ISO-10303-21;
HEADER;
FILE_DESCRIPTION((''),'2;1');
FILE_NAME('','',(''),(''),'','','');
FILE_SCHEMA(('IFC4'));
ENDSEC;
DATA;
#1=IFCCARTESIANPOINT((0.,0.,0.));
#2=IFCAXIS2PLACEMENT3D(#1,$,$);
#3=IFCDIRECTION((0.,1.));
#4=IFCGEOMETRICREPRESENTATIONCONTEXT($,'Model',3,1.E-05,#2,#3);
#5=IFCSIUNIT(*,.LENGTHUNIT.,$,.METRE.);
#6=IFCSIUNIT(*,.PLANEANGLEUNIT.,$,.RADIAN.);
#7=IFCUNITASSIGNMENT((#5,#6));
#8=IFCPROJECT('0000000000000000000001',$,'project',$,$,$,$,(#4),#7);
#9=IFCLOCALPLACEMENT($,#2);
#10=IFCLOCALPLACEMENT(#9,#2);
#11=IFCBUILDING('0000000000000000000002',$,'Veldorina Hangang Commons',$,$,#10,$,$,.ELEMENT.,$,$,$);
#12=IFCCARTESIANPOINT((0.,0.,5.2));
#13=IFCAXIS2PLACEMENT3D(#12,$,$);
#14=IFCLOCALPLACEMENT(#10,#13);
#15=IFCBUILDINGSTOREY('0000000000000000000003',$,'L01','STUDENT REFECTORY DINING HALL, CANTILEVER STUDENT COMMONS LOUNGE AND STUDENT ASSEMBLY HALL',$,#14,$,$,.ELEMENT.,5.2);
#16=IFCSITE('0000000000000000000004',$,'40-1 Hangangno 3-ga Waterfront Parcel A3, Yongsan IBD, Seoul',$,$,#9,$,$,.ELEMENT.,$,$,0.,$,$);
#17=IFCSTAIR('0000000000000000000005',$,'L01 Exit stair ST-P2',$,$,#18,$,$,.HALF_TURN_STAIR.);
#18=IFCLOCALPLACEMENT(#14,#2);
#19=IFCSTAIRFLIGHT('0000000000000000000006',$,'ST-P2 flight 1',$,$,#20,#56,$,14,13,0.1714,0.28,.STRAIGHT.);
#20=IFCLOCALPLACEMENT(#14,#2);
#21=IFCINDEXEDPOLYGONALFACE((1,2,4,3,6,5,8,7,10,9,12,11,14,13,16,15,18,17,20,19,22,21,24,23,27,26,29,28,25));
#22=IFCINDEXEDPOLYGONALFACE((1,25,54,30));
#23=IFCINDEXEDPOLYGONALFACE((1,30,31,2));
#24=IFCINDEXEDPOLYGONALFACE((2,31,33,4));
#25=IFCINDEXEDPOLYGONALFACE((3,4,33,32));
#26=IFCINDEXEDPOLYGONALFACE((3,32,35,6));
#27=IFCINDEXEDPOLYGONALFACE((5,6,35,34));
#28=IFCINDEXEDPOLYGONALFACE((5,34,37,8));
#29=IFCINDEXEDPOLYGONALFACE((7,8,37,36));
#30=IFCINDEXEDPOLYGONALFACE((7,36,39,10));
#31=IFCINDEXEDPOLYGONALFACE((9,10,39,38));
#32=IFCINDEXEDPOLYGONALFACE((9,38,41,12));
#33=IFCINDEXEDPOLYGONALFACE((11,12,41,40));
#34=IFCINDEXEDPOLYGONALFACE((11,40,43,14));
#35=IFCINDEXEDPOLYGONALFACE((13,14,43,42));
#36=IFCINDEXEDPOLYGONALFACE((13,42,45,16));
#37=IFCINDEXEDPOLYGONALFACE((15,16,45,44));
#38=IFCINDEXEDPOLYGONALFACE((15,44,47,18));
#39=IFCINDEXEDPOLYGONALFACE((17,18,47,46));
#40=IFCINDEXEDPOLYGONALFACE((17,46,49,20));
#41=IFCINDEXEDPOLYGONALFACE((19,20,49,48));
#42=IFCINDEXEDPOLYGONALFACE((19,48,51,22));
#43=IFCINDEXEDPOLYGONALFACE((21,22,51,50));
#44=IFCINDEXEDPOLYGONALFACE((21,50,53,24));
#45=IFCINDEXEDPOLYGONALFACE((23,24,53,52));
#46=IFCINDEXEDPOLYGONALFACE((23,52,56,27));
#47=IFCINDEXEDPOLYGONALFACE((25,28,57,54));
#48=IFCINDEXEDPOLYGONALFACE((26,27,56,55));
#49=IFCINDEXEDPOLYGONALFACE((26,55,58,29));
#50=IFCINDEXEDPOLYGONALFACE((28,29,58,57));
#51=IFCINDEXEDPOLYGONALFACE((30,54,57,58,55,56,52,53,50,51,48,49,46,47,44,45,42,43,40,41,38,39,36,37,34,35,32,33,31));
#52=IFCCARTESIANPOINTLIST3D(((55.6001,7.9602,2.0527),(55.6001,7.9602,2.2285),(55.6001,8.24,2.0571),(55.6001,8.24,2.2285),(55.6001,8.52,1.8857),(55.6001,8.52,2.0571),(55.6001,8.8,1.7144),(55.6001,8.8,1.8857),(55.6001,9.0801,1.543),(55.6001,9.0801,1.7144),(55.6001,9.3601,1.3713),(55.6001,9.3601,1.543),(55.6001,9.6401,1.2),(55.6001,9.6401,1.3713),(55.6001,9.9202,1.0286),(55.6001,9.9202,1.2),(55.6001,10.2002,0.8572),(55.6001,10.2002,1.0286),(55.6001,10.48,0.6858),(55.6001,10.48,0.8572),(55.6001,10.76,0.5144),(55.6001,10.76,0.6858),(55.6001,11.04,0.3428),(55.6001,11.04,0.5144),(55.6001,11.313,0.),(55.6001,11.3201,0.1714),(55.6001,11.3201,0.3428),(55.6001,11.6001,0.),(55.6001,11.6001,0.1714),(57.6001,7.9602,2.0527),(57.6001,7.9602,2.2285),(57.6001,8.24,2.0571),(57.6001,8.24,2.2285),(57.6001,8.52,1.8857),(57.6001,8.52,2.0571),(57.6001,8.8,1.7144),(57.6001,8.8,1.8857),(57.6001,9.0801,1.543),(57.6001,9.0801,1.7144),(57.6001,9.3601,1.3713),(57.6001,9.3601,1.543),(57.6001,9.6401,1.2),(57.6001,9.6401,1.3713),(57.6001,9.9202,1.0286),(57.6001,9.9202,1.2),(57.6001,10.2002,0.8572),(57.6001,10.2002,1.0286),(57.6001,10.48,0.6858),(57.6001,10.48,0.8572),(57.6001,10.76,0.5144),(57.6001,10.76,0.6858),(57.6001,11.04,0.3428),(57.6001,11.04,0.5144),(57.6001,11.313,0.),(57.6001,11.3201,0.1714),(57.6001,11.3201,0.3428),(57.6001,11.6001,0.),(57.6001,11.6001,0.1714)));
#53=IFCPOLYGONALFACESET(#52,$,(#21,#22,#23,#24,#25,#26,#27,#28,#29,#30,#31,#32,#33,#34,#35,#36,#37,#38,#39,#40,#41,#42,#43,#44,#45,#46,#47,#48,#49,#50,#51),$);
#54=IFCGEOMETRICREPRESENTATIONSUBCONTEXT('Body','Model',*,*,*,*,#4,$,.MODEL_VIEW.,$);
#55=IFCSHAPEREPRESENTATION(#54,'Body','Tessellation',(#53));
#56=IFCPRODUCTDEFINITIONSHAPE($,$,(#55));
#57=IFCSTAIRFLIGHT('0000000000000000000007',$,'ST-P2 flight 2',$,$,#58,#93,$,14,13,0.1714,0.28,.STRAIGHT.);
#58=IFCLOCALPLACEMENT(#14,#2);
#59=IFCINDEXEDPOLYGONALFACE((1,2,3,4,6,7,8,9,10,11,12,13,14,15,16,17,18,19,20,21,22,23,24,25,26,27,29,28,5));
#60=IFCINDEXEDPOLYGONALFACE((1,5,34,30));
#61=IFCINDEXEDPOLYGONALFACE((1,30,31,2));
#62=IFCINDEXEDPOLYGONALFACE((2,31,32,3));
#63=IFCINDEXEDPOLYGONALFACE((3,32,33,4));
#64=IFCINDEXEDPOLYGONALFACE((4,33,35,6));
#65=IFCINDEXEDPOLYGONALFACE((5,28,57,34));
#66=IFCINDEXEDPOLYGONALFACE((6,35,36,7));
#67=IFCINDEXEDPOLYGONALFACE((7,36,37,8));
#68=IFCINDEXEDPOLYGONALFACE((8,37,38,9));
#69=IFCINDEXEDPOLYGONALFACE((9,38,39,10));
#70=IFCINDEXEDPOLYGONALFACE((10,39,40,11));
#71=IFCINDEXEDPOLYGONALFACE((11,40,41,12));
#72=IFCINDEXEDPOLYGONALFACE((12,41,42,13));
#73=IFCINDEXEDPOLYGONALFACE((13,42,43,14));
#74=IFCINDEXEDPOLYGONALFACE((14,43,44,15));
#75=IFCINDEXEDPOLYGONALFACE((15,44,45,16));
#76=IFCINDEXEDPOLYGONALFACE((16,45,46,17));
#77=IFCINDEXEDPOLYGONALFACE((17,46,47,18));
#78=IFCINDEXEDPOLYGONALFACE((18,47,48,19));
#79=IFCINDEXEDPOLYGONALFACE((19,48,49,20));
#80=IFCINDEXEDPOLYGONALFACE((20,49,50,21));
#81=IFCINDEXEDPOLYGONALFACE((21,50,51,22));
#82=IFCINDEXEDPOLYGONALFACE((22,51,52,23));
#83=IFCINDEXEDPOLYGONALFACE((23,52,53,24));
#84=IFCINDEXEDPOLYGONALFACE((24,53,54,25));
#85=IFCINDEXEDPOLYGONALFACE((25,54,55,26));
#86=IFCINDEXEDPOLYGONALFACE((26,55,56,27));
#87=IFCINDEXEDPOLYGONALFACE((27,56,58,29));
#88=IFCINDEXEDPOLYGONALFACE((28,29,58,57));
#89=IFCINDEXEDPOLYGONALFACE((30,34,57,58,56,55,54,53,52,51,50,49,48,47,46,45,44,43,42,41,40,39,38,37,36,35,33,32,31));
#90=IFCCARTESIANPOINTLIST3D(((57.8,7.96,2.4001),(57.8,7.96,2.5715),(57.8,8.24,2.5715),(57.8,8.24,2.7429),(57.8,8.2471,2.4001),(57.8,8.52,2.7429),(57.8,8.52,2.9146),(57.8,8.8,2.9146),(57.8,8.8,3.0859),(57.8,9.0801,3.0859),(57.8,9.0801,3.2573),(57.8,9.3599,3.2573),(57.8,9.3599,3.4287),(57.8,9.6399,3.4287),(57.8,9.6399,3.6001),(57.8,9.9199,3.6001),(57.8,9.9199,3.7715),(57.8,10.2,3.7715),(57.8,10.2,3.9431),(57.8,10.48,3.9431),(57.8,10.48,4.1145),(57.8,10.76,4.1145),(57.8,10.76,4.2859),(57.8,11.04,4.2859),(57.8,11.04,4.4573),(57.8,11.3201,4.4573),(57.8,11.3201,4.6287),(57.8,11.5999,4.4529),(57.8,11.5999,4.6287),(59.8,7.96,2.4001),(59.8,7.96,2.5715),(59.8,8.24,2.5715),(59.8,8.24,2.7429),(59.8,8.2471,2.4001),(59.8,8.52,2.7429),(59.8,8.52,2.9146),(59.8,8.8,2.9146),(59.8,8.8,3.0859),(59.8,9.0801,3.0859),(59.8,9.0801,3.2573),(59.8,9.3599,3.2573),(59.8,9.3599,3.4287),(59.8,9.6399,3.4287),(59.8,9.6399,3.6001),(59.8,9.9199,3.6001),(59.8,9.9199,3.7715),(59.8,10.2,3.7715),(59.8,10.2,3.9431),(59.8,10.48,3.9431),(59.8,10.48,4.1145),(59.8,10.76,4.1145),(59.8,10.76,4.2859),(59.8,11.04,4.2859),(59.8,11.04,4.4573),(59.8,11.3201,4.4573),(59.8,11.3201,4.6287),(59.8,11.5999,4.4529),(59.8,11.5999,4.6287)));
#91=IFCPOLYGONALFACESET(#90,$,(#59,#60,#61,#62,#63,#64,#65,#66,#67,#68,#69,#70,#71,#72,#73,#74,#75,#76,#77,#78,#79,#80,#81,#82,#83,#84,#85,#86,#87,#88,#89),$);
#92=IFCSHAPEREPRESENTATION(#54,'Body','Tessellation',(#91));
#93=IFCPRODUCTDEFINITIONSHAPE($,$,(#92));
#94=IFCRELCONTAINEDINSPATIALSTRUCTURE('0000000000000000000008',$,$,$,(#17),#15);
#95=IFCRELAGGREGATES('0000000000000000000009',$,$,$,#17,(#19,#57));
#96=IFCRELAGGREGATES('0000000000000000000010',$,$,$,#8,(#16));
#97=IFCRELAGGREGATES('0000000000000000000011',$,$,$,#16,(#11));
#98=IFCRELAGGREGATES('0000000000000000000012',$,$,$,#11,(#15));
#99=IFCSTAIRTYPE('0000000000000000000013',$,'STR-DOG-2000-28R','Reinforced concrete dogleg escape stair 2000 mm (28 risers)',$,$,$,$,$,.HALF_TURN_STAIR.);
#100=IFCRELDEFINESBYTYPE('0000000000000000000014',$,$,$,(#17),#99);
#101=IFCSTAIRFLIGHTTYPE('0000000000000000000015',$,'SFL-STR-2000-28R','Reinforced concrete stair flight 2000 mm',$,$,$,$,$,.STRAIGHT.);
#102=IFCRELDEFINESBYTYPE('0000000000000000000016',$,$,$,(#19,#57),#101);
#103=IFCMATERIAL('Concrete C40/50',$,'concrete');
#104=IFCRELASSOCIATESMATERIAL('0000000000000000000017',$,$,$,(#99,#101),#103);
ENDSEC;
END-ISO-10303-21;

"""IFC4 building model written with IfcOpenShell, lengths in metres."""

from ifc_helpers import new_model, si_unit, direction, frame, origin, place, context, subcontext, project, spatial, polyline, outline, extrude, material, type_object, element, aggregate, save


model = new_model("IFC4")

# Units and contexts
model_context = context("Model", 3, precision=1e-05, world=origin(), true_north=direction((0.0, 1.0)))
body_context = subcontext(model_context, "Body", "Model", "MODEL_VIEW")
ifc_project = project(units=[si_unit("LENGTHUNIT", "METRE"), si_unit("PLANEANGLEUNIT", "RADIAN")], contexts=[model_context])

# Site, building, storey
site_placement = place(None, origin())
site = spatial("IfcSite", under=ifc_project, at=site_placement, Name="40-1 Hangangno 3-ga Waterfront Parcel A3, Yongsan IBD, Seoul", CompositionType="ELEMENT", RefElevation=0.0)
building_placement = place(site_placement, origin())
building = spatial("IfcBuilding", under=site, at=building_placement, Name="Veldorina Hangang Commons", CompositionType="ELEMENT")
storey_placement = place(building_placement, frame((0.0, 0.0, 5.2)))
storey = spatial("IfcBuildingStorey", under=building, at=storey_placement, Name="L01", Description="STUDENT REFECTORY DINING HALL, CANTILEVER STUDENT COMMONS LOUNGE AND STUDENT ASSEMBLY HALL", CompositionType="ELEMENT", Elevation=5.2)

# Stair, stair flights
ifc_material_1 = material(Name="Concrete C40/50", Category="concrete")
stair_type = type_object("IfcStairType", Name="STR-DOG-2000-28R", Description="Reinforced concrete dogleg escape stair 2000 mm (28 risers)", PredefinedType="HALF_TURN_STAIR", material=ifc_material_1)
stair_placement = place(storey_placement, origin())
stair = element("IfcStair", 1, at=stair_placement, inside=storey, type_object=stair_type, Name="L01 Exit stair ST-P2", PredefinedType="HALF_TURN_STAIR")
stair_flight_type = type_object("IfcStairFlightType", Name="SFL-STR-2000-28R", Description="Reinforced concrete stair flight 2000 mm", PredefinedType="STRAIGHT", material=ifc_material_1)
stair_flight_1_placement = place(storey_placement, frame((56.6001, 11.6001, 0.0), z_axis=(0.0, 0.0, 1.0), x_axis=(0.0, -1.0, 0.0)))
stair_flight_1 = element("IfcStairFlight", 2, at=stair_flight_1_placement, type_object=stair_flight_type, Name="ST-P2 flight 1", NumberOfRisers=14, NumberOfTreads=13, PredefinedType="STRAIGHT", RiserHeight=0.1714, TreadLength=0.28, context=body_context, shape_type="SweptSolid", body=[
    extrude(outline(polyline([(0.0, 0.0), (0.0, 0.1714), (0.28, 0.1714), (0.28, 0.3428), (0.5601, 0.3428), (0.5601, 0.5144), (0.8401, 0.5144), (0.8401, 0.6858), (1.1201, 0.6858), (1.1201, 0.8572), (1.3999, 0.8572), (1.3999, 1.0286), (1.6799, 1.0286), (1.6799, 1.2), (1.96, 1.2), (1.96, 1.3713), (2.24, 1.3713), (2.24, 1.543), (2.52, 1.543), (2.52, 1.7144), (2.8, 1.7144), (2.8, 1.8857), (3.0801, 1.8857), (3.0801, 2.0571), (3.3601, 2.0571), (3.3601, 2.2285), (3.6399, 2.2285), (3.6399, 2.3999), (3.6399, 2.0527), (0.2871, 0.0), (0.0, 0.0)])), frame((0.0, 1.0, 0.0), z_axis=(0.0, -1.0, 0.0), x_axis=(1.0, 0.0, 0.0)), (0.0, 0.0, 1.0), 2.0),
])
stair_flight_2_placement = place(storey_placement, frame((58.8, 7.96, 2.4001), z_axis=(0.0, 0.0, 1.0), x_axis=(0.0, 1.0, 0.0)))
stair_flight_2 = element("IfcStairFlight", 3, at=stair_flight_2_placement, type_object=stair_flight_type, Name="ST-P2 flight 2", NumberOfRisers=14, NumberOfTreads=13, PredefinedType="STRAIGHT", RiserHeight=0.1714, TreadLength=0.28, context=body_context, shape_type="SweptSolid", body=[
    extrude(outline(polyline([(0.0, 0.0), (0.0, 0.1714), (0.28, 0.1714), (0.28, 0.3428), (0.5601, 0.3428), (0.5601, 0.5144), (0.8401, 0.5144), (0.8401, 0.6858), (1.1201, 0.6858), (1.1201, 0.8572), (1.3999, 0.8572), (1.3999, 1.0286), (1.6799, 1.0286), (1.6799, 1.2), (1.96, 1.2), (1.96, 1.3713), (2.24, 1.3713), (2.24, 1.543), (2.52, 1.543), (2.52, 1.7144), (2.8, 1.7144), (2.8, 1.8857), (3.0801, 1.8857), (3.0801, 2.0571), (3.3601, 2.0571), (3.3601, 2.2285), (3.6399, 2.2285), (3.6399, 2.3999), (3.6399, 2.0527), (0.2871, 0.0), (0.0, 0.0)])), frame((0.0, 1.0, 0.0), z_axis=(0.0, -1.0, 0.0), x_axis=(1.0, 0.0, 0.0)), (0.0, 0.0, 1.0), 2.0),
])
aggregate(stair, [stair_flight_1, stair_flight_2])

save(model, "model.ifc")
